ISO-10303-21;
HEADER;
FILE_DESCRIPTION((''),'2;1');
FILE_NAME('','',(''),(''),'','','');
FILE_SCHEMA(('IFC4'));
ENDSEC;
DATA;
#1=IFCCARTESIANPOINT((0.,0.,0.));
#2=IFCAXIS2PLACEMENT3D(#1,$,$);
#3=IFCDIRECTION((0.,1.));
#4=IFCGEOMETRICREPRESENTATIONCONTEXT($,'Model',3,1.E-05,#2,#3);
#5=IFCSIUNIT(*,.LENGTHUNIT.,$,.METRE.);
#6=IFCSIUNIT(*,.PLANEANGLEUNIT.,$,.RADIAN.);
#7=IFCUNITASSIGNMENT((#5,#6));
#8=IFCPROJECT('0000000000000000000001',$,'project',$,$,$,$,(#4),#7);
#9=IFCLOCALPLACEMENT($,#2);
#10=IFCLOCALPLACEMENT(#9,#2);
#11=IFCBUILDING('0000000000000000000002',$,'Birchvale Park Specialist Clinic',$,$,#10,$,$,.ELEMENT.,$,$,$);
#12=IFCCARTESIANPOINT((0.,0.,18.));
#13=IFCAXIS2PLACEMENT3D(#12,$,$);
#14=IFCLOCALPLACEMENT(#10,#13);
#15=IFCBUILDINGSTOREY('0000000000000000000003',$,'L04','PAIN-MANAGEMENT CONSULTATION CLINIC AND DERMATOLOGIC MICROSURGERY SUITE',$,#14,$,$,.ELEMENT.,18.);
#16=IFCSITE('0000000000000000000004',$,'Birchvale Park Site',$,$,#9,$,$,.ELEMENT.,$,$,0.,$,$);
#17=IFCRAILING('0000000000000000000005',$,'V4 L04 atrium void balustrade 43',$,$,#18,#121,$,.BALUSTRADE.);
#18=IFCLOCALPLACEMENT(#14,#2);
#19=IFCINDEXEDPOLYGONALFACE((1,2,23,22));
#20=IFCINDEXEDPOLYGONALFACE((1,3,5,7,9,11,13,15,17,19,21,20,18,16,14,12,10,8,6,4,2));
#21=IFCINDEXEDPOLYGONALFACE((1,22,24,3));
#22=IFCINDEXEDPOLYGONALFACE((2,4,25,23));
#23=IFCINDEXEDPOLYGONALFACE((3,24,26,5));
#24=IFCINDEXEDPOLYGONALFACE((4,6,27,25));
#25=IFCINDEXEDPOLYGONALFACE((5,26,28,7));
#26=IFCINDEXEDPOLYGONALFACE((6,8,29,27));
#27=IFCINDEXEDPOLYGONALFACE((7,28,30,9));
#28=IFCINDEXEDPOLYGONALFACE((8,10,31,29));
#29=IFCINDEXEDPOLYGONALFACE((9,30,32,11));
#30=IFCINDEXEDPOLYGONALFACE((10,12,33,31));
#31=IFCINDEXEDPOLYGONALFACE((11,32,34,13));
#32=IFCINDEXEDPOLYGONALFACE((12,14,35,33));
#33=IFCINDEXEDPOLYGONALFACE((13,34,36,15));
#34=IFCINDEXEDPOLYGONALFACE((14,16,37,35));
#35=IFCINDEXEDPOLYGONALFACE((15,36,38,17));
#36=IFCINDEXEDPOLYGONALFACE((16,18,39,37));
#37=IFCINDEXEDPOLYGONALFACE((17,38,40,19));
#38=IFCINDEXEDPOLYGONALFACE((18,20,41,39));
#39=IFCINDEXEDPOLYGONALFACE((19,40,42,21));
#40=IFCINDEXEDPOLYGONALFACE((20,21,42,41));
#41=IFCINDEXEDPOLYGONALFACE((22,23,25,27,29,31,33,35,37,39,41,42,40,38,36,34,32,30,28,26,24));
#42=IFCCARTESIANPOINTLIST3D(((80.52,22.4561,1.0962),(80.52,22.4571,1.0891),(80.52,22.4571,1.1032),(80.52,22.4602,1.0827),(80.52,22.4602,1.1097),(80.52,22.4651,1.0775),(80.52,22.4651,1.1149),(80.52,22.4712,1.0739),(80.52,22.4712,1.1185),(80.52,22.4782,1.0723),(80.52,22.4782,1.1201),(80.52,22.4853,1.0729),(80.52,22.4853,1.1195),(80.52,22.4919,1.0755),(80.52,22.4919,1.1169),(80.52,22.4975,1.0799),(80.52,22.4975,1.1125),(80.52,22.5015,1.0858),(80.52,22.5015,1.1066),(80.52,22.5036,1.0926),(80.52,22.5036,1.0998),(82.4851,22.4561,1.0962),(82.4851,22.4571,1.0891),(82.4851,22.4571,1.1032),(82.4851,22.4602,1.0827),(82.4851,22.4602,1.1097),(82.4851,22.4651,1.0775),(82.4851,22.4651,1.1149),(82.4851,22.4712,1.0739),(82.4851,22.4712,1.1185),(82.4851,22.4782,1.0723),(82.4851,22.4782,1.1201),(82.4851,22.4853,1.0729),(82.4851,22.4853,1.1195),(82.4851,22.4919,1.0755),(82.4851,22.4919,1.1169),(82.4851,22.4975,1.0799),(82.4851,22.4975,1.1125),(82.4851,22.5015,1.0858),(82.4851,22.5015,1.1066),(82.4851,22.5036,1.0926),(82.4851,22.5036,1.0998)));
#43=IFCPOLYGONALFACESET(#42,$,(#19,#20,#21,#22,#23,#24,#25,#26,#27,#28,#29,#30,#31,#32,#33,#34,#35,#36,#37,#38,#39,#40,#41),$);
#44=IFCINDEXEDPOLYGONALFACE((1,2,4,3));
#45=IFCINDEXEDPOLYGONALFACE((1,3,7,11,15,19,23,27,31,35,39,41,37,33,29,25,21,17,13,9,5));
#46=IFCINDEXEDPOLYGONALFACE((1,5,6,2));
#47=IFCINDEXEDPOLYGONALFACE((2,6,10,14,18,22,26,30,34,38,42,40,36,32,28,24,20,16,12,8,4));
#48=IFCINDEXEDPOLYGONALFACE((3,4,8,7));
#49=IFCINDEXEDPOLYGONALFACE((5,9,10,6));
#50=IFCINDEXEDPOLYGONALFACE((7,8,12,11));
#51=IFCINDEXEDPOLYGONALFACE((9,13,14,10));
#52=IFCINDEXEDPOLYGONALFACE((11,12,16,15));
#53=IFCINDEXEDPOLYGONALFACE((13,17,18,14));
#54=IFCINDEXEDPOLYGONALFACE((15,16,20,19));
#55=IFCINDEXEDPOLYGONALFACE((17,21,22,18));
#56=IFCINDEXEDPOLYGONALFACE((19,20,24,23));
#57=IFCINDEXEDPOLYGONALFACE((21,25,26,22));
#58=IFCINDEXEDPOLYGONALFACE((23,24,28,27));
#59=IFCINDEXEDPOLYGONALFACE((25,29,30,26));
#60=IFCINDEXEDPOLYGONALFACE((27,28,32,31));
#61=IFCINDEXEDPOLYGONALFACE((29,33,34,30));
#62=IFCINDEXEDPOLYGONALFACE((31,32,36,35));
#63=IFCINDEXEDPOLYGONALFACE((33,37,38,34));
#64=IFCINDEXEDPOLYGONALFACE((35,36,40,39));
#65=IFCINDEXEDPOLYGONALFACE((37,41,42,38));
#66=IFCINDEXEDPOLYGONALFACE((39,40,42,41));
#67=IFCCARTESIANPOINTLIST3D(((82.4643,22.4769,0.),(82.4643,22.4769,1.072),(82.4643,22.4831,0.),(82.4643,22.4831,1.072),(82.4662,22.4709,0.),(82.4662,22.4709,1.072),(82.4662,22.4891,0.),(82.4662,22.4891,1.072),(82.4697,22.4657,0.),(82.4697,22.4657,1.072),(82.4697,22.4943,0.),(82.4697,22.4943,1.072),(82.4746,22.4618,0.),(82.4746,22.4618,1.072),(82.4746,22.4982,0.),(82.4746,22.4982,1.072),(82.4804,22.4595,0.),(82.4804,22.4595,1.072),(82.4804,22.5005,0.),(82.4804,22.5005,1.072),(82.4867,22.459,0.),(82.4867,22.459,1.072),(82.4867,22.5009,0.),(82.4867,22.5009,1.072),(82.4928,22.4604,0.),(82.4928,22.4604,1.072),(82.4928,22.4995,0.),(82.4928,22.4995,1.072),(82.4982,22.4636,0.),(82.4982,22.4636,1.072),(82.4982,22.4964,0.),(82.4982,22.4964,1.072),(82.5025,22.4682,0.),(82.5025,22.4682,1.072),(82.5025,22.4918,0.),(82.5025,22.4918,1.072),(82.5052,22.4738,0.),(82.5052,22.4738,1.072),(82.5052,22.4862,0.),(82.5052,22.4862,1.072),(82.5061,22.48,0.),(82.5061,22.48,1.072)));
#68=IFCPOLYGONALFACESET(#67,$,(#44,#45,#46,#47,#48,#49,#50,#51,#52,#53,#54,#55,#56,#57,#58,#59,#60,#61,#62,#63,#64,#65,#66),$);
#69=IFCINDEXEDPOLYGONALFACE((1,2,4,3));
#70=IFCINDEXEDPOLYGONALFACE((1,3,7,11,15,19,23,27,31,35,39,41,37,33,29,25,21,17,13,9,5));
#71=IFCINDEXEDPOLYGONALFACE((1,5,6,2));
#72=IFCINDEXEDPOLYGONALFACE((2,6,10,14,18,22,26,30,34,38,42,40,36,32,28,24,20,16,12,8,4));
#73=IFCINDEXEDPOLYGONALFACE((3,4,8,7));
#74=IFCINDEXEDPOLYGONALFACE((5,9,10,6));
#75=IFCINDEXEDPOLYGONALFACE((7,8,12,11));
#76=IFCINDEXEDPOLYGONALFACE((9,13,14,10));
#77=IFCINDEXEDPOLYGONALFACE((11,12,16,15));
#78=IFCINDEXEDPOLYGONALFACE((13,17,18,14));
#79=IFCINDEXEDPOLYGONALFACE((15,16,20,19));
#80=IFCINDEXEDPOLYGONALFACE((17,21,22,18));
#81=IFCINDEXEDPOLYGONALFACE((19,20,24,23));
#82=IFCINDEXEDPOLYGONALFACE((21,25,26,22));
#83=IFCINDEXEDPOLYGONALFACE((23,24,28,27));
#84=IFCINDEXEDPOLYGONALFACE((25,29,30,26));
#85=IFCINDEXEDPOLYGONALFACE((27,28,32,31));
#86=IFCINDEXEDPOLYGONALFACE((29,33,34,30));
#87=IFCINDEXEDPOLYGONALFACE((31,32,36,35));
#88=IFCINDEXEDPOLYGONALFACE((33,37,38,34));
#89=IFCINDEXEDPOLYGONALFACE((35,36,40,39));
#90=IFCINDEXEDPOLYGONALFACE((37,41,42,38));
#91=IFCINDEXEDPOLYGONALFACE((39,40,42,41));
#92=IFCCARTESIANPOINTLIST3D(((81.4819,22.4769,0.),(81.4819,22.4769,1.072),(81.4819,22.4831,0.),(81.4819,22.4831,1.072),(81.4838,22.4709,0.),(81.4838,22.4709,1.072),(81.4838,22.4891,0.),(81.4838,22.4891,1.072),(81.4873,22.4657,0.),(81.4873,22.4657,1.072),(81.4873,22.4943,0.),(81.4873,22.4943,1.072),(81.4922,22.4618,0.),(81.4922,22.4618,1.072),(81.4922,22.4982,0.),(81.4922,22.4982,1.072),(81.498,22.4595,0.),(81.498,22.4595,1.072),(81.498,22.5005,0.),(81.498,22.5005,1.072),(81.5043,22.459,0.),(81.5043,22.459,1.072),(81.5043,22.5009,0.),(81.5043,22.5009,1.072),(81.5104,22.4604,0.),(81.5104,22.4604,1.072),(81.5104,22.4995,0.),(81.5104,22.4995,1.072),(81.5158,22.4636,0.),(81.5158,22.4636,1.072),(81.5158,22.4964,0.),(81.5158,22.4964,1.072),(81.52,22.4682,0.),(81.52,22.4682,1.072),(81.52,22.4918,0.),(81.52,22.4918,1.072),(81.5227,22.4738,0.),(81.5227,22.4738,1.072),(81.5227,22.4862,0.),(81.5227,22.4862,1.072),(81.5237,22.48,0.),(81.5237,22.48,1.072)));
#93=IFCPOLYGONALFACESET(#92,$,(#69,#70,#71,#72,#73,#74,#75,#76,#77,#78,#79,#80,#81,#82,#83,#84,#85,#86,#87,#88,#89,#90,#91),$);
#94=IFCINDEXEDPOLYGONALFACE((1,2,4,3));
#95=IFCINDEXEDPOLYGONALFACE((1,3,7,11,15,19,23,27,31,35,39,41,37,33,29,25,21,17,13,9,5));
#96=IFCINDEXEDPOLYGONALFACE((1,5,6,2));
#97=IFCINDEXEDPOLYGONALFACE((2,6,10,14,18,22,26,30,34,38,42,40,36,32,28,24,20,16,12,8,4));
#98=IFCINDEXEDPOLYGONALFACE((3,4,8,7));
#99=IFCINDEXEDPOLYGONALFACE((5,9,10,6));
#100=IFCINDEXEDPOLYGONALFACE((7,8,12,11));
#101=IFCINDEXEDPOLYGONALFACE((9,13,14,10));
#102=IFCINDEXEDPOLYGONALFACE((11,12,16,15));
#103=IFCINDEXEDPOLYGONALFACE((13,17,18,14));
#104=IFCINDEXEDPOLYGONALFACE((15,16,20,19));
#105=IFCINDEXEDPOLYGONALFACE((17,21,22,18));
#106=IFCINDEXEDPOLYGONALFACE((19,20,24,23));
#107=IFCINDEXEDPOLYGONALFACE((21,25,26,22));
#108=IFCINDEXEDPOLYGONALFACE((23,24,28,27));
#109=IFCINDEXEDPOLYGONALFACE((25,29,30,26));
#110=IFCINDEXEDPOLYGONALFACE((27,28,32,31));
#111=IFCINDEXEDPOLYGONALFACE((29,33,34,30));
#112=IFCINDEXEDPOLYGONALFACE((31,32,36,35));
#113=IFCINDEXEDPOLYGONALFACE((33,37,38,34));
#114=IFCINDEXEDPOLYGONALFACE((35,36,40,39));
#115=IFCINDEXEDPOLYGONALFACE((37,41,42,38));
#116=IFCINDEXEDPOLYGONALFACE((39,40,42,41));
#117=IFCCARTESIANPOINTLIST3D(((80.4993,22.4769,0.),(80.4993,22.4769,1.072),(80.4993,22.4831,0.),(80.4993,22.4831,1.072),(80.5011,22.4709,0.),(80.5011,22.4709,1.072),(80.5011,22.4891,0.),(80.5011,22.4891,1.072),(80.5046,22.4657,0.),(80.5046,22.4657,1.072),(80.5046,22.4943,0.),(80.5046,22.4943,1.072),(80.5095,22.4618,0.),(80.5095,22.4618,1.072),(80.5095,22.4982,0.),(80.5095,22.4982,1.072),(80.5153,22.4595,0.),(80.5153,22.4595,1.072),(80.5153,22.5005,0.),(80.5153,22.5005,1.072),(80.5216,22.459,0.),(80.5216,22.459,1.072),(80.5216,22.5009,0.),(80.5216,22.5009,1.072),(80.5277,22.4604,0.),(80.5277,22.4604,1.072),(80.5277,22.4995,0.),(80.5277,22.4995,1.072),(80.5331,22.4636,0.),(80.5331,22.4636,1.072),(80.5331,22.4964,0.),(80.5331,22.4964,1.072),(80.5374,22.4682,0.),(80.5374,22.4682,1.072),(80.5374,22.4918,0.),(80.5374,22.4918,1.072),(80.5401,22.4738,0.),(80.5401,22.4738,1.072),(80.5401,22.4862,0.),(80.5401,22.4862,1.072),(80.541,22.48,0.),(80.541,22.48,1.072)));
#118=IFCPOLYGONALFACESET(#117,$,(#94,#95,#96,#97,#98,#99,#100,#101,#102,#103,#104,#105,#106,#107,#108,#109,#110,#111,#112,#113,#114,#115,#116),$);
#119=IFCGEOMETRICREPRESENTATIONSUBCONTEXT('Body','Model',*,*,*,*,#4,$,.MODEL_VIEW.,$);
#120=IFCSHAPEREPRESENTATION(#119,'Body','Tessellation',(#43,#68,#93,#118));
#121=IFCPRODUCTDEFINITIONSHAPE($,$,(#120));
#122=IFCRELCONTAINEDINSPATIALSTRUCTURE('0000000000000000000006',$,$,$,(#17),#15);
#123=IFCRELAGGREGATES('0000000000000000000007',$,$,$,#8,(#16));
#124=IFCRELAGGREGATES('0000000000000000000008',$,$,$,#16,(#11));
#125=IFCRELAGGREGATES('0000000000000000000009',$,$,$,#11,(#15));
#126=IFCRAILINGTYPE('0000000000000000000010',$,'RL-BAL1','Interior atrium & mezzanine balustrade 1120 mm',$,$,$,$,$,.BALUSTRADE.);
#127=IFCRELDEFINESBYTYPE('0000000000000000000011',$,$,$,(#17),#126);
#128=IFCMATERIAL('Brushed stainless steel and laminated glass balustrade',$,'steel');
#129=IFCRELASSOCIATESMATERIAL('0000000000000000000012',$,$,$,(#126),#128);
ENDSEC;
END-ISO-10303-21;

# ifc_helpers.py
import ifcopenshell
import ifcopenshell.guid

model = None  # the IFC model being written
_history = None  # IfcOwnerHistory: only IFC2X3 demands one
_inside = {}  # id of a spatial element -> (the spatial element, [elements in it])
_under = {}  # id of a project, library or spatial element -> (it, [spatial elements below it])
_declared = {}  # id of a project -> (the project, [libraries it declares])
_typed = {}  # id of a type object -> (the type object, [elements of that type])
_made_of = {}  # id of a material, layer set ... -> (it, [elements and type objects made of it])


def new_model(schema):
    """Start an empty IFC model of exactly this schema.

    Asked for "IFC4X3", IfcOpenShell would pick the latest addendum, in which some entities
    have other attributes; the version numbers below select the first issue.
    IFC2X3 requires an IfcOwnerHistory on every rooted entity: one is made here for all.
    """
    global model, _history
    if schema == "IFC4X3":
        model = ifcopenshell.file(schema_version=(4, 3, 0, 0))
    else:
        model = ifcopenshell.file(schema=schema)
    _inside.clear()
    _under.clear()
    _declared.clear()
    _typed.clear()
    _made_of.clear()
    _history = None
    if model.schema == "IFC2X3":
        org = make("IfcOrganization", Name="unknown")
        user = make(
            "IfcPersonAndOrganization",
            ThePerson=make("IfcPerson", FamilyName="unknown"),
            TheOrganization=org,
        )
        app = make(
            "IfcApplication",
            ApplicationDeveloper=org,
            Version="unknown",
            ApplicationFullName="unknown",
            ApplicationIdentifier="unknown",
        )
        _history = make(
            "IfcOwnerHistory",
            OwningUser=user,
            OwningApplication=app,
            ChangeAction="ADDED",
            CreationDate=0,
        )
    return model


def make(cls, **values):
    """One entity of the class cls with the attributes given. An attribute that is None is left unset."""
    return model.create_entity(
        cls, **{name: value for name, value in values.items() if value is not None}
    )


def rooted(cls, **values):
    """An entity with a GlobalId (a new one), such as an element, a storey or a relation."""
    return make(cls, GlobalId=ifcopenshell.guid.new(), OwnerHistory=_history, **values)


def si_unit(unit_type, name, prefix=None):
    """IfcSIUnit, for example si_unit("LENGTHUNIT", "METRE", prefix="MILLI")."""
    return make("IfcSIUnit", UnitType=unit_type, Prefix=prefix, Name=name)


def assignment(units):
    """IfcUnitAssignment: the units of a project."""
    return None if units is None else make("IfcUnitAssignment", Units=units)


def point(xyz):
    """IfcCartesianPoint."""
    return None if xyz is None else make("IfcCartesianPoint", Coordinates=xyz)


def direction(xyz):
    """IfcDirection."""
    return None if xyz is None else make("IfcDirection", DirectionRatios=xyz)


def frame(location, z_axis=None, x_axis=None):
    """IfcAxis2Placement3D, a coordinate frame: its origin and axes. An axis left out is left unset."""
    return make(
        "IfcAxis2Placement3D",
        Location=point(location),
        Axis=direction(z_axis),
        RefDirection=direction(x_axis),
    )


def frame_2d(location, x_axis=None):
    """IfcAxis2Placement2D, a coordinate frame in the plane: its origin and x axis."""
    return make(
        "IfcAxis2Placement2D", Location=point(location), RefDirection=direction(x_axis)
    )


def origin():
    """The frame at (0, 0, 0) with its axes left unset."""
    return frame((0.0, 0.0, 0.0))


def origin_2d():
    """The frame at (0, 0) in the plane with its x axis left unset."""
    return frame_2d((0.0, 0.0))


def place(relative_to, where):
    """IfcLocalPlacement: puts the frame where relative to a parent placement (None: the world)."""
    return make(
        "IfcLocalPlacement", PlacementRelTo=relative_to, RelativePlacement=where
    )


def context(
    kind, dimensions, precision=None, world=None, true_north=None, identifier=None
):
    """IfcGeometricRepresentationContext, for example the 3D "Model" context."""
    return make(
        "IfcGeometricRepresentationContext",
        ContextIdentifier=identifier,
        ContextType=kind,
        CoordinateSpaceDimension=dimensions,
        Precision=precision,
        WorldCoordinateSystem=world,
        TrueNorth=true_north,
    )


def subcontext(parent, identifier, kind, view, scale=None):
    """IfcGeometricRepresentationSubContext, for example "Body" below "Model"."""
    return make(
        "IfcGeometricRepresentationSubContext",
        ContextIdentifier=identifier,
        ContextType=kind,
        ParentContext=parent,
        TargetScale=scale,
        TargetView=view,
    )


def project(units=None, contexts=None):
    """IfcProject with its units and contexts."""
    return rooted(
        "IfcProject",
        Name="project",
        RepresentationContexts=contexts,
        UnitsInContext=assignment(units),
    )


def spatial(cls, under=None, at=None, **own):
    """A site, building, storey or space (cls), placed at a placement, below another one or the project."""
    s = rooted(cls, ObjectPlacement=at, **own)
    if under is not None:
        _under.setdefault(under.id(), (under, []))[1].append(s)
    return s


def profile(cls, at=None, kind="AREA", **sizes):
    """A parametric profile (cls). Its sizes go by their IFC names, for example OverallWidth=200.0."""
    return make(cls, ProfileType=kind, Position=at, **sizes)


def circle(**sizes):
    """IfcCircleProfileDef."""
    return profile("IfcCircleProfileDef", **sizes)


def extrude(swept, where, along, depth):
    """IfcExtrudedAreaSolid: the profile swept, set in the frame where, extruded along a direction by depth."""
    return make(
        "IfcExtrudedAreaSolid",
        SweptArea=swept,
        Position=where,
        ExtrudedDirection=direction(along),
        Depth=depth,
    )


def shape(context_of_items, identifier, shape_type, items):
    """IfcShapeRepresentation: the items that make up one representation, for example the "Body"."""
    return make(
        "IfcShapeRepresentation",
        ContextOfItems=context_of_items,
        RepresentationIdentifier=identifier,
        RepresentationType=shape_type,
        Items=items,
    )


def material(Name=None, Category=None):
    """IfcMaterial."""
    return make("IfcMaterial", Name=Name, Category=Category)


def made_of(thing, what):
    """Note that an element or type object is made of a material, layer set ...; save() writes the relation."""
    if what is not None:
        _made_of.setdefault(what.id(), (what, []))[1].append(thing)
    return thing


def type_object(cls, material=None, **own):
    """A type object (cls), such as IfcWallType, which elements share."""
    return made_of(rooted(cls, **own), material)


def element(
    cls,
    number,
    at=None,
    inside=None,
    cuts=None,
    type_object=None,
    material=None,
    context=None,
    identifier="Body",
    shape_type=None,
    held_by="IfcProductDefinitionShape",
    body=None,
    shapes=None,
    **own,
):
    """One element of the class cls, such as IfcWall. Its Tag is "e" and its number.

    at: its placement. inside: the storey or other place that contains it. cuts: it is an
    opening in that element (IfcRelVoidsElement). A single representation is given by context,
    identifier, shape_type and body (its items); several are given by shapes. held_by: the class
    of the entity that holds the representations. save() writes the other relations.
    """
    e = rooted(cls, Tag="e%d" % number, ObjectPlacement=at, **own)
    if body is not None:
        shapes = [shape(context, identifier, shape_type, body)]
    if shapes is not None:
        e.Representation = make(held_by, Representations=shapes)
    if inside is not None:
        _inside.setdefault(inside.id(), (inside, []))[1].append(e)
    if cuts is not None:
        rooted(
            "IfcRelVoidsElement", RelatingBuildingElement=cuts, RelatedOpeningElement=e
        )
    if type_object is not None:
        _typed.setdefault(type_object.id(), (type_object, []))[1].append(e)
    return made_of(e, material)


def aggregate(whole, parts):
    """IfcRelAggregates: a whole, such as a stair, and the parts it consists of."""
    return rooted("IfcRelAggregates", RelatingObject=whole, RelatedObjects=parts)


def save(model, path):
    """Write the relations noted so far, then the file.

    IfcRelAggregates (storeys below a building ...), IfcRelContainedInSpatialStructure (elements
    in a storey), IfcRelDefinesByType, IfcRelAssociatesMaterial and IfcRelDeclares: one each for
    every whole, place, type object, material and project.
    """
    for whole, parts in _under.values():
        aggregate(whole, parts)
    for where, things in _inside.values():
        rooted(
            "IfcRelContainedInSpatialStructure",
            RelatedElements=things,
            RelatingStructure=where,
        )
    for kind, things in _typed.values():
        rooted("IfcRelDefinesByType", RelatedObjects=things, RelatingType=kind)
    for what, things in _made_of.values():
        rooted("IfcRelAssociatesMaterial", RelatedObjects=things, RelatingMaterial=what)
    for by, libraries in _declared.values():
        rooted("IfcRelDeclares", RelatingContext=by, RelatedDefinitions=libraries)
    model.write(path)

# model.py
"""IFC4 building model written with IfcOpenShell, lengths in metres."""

from ifc_helpers import new_model, si_unit, direction, frame, origin, origin_2d, place, context, subcontext, project, spatial, circle, extrude, material, type_object, element, save


model = new_model("IFC4")

# Units and contexts
model_context = context("Model", 3, precision=1e-05, world=origin(), true_north=direction((0.0, 1.0)))
body_context = subcontext(model_context, "Body", "Model", "MODEL_VIEW")
ifc_project = project(units=[si_unit("LENGTHUNIT", "METRE"), si_unit("PLANEANGLEUNIT", "RADIAN")], contexts=[model_context])

# Site, building, storey
site_placement = place(None, origin())
site = spatial("IfcSite", under=ifc_project, at=site_placement, Name="Birchvale Park Site", CompositionType="ELEMENT", RefElevation=0.0)
building_placement = place(site_placement, origin())
building = spatial("IfcBuilding", under=site, at=building_placement, Name="Birchvale Park Specialist Clinic", CompositionType="ELEMENT")
storey_placement = place(building_placement, frame((0.0, 0.0, 18.0)))
storey = spatial("IfcBuildingStorey", under=building, at=storey_placement, Name="L04", Description="PAIN-MANAGEMENT CONSULTATION CLINIC AND DERMATOLOGIC MICROSURGERY SUITE", CompositionType="ELEMENT", Elevation=18.0)

# Railing
ifc_material_1 = material(Name="Brushed stainless steel and laminated glass balustrade", Category="steel")
railing_type = type_object("IfcRailingType", Name="RL-BAL1", Description="Interior atrium & mezzanine balustrade 1120 mm", PredefinedType="BALUSTRADE", material=ifc_material_1)
railing_1_placement = place(storey_placement, frame((82.4851, 22.48, 0.0)))
element("IfcRailing", 1, at=railing_1_placement, inside=storey, type_object=railing_type, Name="V4 L04 atrium void balustrade 43", PredefinedType="BALUSTRADE", context=body_context, shape_type="SweptSolid", body=[
    extrude(circle(Radius=0.0239, at=origin_2d()), frame((0.0, 0.0, 1.0962), z_axis=(-1.0, 0.0, 0.0), x_axis=(0.0, -1.0, 0.0)), (0.0, 0.0, 1.0), 1.9651),
    extrude(circle(Radius=0.021, at=origin_2d()), origin(), (0.0, 0.0, 1.0), 1.072),
    extrude(circle(Radius=0.021, at=origin_2d()), frame((-0.9824, 0.0, 0.0)), (0.0, 0.0, 1.0), 1.072),
    extrude(circle(Radius=0.021, at=origin_2d()), frame((-1.9651, 0.0, 0.0)), (0.0, 0.0, 1.0), 1.072),
])

save(model, "model.ifc")
